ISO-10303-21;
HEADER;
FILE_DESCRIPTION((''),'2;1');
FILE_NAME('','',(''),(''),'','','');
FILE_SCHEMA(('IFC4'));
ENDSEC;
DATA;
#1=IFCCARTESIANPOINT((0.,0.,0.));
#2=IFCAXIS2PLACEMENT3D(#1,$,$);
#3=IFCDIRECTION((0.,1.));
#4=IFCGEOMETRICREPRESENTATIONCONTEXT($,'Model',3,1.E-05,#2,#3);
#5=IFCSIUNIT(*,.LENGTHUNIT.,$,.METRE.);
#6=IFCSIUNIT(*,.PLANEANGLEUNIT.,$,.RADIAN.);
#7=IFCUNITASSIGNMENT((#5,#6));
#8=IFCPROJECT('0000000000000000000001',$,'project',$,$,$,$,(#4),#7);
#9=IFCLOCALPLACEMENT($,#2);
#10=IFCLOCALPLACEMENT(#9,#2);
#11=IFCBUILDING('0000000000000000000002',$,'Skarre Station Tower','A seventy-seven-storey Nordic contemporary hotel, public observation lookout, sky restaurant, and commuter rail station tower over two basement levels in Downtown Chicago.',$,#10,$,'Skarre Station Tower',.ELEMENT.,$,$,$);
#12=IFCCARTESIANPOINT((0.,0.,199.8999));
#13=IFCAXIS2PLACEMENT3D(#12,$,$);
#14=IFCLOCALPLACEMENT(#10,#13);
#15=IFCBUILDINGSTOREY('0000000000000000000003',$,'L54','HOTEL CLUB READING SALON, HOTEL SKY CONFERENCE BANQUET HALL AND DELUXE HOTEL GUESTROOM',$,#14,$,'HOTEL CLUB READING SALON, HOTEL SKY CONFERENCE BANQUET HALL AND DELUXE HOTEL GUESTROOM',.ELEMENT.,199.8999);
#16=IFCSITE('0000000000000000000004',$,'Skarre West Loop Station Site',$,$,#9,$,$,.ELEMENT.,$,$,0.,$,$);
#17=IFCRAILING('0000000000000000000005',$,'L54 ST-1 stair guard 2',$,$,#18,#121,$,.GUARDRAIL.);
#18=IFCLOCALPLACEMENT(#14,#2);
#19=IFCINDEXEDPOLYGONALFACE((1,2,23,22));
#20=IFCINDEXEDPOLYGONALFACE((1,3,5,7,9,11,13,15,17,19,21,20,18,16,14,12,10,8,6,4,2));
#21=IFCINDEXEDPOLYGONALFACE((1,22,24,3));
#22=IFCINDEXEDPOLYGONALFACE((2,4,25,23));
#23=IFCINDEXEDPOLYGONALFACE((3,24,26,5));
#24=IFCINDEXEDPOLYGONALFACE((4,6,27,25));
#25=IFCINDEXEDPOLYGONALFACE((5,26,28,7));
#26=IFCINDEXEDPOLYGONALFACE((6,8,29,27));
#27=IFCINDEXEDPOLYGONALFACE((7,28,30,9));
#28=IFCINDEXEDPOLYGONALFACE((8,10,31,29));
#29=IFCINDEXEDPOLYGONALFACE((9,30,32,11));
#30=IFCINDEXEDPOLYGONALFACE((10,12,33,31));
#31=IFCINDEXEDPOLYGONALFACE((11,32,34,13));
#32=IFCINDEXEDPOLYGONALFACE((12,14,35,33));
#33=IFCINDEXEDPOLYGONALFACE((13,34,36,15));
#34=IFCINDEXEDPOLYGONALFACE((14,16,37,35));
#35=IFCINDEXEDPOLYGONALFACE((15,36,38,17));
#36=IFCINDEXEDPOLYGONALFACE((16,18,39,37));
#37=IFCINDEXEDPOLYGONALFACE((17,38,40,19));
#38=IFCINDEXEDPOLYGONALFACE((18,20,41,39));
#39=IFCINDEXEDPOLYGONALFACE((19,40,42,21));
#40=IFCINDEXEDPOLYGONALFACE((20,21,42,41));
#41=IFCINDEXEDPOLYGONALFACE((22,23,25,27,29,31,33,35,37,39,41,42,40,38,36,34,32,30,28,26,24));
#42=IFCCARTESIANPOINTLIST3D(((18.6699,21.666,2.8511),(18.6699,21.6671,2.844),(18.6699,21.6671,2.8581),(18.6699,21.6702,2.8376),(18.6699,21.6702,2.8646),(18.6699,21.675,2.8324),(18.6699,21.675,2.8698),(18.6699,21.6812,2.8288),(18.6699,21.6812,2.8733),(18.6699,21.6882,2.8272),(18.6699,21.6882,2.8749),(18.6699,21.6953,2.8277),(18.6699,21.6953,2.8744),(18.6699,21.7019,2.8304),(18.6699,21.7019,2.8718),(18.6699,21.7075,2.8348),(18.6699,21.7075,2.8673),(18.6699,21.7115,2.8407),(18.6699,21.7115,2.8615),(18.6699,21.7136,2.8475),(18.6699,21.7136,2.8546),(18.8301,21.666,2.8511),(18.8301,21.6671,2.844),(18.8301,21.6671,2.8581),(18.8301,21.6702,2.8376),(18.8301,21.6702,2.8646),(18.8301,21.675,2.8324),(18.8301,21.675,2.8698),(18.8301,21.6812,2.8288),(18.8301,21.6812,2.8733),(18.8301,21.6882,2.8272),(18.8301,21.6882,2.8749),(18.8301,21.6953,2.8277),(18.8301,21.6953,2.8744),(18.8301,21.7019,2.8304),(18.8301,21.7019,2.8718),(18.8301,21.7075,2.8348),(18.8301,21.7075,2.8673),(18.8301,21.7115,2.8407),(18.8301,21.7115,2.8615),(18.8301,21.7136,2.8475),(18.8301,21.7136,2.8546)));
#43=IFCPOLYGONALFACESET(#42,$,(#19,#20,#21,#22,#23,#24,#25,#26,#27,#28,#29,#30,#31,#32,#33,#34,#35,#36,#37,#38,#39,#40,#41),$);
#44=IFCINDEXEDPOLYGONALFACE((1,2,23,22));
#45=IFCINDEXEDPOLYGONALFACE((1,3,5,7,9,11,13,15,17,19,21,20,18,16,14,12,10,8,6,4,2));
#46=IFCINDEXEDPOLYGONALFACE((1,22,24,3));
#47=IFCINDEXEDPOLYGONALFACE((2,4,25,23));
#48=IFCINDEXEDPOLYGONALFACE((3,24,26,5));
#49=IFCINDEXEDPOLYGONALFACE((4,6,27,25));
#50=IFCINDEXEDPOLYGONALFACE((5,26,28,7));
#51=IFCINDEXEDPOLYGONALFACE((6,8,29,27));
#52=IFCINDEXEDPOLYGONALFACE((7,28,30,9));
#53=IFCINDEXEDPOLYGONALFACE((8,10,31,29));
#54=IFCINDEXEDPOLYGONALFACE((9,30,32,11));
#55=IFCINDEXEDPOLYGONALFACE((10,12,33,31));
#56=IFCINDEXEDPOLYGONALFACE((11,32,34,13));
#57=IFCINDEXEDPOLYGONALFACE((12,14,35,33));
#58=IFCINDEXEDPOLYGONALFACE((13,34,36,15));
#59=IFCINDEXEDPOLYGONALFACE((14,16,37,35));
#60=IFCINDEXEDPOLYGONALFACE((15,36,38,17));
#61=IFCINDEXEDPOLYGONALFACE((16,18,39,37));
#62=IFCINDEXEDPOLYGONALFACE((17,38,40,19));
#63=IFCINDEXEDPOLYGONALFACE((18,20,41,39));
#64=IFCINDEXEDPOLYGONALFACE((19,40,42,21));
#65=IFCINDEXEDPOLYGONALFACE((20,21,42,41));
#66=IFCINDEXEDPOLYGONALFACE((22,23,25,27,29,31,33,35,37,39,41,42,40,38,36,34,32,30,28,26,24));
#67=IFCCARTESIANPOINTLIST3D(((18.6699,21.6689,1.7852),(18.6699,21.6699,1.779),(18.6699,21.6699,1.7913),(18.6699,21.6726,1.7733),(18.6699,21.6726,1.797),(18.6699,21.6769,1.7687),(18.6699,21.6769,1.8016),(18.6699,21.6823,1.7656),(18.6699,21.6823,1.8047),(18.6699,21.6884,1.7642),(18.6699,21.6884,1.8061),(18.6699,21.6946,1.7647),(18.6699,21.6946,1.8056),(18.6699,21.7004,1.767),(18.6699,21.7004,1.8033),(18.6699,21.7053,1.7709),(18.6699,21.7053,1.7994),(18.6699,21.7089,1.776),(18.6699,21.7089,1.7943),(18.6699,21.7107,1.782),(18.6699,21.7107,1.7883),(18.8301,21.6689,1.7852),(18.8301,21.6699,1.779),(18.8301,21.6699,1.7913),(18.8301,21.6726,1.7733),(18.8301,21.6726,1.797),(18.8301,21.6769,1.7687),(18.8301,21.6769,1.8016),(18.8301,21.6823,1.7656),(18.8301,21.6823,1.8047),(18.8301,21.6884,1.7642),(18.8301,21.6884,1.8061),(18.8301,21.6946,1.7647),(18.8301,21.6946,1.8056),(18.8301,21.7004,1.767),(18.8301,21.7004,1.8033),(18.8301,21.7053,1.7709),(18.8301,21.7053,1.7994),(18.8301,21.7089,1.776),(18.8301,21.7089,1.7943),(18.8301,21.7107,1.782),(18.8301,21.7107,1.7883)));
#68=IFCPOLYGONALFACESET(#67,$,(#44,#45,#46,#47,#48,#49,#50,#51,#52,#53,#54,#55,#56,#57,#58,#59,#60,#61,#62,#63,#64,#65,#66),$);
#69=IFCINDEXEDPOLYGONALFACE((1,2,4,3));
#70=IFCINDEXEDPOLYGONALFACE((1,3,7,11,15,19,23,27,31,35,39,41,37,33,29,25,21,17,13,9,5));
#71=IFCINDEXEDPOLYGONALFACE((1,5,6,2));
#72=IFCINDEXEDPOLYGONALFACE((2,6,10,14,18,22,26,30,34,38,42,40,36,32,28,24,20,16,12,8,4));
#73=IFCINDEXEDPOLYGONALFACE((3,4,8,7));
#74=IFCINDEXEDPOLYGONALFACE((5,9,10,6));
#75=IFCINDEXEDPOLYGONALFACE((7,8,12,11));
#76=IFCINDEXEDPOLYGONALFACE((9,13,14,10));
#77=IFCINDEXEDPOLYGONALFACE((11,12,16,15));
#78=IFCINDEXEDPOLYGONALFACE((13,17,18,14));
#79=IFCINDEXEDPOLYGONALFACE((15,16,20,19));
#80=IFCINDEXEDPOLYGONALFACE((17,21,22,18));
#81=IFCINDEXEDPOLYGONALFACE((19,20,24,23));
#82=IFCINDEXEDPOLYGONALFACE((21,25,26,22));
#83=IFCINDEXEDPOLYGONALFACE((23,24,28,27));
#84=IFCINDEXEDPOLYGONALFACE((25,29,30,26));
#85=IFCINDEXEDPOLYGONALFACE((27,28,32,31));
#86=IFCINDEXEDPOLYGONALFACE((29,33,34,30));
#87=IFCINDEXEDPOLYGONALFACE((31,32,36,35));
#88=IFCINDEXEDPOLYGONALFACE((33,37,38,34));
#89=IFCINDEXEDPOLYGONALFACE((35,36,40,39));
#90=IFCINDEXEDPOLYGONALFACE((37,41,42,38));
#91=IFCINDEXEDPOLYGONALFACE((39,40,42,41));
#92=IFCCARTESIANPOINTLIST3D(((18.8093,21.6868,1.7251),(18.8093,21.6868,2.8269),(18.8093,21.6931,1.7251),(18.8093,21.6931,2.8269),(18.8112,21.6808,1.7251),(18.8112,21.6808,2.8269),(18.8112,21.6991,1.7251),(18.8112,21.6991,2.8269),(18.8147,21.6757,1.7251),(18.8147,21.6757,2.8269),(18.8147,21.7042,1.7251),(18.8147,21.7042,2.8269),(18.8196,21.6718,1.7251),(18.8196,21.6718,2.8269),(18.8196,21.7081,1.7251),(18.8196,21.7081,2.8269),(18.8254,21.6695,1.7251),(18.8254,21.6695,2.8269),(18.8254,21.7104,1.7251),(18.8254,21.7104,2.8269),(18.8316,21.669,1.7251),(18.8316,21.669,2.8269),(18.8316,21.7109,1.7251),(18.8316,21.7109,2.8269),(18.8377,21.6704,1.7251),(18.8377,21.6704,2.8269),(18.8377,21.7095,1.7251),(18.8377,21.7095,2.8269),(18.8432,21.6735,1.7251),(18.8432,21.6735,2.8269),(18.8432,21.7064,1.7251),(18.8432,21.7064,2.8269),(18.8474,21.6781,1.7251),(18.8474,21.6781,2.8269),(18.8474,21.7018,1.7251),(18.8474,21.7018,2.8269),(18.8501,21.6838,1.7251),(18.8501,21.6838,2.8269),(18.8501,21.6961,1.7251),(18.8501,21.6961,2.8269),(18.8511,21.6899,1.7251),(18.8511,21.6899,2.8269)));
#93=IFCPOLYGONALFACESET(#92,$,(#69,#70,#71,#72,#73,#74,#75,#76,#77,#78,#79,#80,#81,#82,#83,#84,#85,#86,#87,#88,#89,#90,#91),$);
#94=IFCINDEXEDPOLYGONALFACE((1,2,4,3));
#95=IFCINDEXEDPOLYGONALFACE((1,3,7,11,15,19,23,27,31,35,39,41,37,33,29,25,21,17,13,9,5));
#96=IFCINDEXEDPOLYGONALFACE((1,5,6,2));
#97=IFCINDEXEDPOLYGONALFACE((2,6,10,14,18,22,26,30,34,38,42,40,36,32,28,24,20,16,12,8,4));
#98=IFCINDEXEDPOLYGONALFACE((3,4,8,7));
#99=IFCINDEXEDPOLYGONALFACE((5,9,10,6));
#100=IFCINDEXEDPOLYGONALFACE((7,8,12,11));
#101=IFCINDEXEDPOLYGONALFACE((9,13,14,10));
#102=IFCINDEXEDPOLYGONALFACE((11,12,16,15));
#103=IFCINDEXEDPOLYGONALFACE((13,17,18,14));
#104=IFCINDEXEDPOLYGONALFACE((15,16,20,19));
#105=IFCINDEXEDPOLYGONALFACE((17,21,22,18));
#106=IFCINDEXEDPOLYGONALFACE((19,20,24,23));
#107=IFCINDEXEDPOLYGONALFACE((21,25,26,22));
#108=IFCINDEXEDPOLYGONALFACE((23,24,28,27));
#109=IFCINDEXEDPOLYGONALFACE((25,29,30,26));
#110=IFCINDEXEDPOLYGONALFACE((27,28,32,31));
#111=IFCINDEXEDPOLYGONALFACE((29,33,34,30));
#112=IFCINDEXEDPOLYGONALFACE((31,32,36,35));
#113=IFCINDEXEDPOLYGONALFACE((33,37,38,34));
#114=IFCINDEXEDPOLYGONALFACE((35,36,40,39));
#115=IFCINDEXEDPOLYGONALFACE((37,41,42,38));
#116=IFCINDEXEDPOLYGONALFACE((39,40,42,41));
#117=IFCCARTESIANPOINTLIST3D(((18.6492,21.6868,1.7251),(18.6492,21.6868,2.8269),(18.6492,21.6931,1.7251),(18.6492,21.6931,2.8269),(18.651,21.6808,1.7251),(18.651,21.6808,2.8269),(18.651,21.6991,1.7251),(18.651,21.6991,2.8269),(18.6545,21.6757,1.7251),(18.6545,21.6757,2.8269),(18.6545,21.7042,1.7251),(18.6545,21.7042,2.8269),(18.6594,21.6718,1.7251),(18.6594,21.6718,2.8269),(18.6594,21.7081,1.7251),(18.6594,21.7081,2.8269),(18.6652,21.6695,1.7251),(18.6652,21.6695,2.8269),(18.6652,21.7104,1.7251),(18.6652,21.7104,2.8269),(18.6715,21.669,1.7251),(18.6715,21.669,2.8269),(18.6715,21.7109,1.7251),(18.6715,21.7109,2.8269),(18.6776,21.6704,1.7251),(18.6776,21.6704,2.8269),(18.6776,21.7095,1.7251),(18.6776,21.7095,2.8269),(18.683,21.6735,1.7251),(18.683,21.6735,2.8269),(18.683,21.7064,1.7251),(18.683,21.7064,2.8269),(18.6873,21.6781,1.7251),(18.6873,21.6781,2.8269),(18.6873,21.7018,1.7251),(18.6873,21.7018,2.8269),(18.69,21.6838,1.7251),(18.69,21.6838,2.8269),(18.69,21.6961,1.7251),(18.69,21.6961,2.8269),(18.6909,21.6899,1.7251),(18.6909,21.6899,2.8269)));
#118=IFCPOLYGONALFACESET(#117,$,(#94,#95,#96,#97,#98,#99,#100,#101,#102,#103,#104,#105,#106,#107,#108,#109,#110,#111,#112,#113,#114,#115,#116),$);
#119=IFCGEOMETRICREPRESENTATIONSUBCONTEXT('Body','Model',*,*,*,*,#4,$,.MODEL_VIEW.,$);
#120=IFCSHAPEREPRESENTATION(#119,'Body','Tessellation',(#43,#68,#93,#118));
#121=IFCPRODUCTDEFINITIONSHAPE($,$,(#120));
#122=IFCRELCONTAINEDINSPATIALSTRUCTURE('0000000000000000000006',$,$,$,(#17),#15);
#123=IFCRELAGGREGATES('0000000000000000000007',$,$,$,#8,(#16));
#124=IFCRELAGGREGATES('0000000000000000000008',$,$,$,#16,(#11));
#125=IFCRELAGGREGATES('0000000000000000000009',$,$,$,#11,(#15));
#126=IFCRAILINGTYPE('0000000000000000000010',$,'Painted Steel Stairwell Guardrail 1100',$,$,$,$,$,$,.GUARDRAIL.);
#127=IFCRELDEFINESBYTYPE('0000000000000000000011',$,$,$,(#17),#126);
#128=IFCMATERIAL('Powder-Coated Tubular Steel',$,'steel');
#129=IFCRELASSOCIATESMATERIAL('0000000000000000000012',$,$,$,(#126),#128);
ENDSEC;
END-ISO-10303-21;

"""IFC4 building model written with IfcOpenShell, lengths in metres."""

from ifc_helpers import new_model, si_unit, direction, frame, origin, origin_2d, place, context, subcontext, project, spatial, circle, extrude, material, type_object, element, save


model = new_model("IFC4")

# Units and contexts
model_context = context("Model", 3, precision=1e-05, world=origin(), true_north=direction((0.0, 1.0)))
body_context = subcontext(model_context, "Body", "Model", "MODEL_VIEW")
ifc_project = project(units=[si_unit("LENGTHUNIT", "METRE"), si_unit("PLANEANGLEUNIT", "RADIAN")], contexts=[model_context])

# Site, building, storey
site_placement = place(None, origin())
site = spatial("IfcSite", under=ifc_project, at=site_placement, Name="Skarre West Loop Station Site", CompositionType="ELEMENT", RefElevation=0.0)
building_placement = place(site_placement, origin())
building = spatial("IfcBuilding", under=site, at=building_placement, Name="Skarre Station Tower", Description="A seventy-seven-storey Nordic contemporary hotel, public observation lookout, sky restaurant, and commuter rail station tower over two basement levels in Downtown Chicago.", LongName="Skarre Station Tower", CompositionType="ELEMENT")
storey_placement = place(building_placement, frame((0.0, 0.0, 199.8999)))
storey = spatial("IfcBuildingStorey", under=building, at=storey_placement, Name="L54", Description="HOTEL CLUB READING SALON, HOTEL SKY CONFERENCE BANQUET HALL AND DELUXE HOTEL GUESTROOM", LongName="HOTEL CLUB READING SALON, HOTEL SKY CONFERENCE BANQUET HALL AND DELUXE HOTEL GUESTROOM", CompositionType="ELEMENT", Elevation=199.8999)

# Railing
ifc_material_1 = material(Name="Powder-Coated Tubular Steel", Category="steel")
railing_type = type_object("IfcRailingType", Name="Painted Steel Stairwell Guardrail 1100", PredefinedType="GUARDRAIL", material=ifc_material_1)
railing_1_placement = place(storey_placement, frame((18.8301, 21.6899, 1.7251)))
element("IfcRailing", 1, at=railing_1_placement, inside=storey, type_object=railing_type, Name="L54 ST-1 stair guard 2", PredefinedType="GUARDRAIL", context=body_context, shape_type="SweptSolid", body=[
    extrude(circle(Radius=0.0239, at=origin_2d()), frame((0.0, 0.0, 1.126), z_axis=(-1.0, 0.0, 0.0), x_axis=(0.0, -1.0, 0.0)), (0.0, 0.0, 1.0), 0.1602),
    extrude(circle(Radius=0.021, at=origin_2d()), frame((0.0, 0.0, 0.0601), z_axis=(-1.0, 0.0, 0.0), x_axis=(0.0, -1.0, 0.0)), (0.0, 0.0, 1.0), 0.1602),
    extrude(circle(Radius=0.021, at=origin_2d()), origin(), (0.0, 0.0, 1.0), 1.1018),
    extrude(circle(Radius=0.021, at=origin_2d()), frame((-0.1602, 0.0, 0.0)), (0.0, 0.0, 1.0), 1.1018),
])

save(model, "model.ifc")
